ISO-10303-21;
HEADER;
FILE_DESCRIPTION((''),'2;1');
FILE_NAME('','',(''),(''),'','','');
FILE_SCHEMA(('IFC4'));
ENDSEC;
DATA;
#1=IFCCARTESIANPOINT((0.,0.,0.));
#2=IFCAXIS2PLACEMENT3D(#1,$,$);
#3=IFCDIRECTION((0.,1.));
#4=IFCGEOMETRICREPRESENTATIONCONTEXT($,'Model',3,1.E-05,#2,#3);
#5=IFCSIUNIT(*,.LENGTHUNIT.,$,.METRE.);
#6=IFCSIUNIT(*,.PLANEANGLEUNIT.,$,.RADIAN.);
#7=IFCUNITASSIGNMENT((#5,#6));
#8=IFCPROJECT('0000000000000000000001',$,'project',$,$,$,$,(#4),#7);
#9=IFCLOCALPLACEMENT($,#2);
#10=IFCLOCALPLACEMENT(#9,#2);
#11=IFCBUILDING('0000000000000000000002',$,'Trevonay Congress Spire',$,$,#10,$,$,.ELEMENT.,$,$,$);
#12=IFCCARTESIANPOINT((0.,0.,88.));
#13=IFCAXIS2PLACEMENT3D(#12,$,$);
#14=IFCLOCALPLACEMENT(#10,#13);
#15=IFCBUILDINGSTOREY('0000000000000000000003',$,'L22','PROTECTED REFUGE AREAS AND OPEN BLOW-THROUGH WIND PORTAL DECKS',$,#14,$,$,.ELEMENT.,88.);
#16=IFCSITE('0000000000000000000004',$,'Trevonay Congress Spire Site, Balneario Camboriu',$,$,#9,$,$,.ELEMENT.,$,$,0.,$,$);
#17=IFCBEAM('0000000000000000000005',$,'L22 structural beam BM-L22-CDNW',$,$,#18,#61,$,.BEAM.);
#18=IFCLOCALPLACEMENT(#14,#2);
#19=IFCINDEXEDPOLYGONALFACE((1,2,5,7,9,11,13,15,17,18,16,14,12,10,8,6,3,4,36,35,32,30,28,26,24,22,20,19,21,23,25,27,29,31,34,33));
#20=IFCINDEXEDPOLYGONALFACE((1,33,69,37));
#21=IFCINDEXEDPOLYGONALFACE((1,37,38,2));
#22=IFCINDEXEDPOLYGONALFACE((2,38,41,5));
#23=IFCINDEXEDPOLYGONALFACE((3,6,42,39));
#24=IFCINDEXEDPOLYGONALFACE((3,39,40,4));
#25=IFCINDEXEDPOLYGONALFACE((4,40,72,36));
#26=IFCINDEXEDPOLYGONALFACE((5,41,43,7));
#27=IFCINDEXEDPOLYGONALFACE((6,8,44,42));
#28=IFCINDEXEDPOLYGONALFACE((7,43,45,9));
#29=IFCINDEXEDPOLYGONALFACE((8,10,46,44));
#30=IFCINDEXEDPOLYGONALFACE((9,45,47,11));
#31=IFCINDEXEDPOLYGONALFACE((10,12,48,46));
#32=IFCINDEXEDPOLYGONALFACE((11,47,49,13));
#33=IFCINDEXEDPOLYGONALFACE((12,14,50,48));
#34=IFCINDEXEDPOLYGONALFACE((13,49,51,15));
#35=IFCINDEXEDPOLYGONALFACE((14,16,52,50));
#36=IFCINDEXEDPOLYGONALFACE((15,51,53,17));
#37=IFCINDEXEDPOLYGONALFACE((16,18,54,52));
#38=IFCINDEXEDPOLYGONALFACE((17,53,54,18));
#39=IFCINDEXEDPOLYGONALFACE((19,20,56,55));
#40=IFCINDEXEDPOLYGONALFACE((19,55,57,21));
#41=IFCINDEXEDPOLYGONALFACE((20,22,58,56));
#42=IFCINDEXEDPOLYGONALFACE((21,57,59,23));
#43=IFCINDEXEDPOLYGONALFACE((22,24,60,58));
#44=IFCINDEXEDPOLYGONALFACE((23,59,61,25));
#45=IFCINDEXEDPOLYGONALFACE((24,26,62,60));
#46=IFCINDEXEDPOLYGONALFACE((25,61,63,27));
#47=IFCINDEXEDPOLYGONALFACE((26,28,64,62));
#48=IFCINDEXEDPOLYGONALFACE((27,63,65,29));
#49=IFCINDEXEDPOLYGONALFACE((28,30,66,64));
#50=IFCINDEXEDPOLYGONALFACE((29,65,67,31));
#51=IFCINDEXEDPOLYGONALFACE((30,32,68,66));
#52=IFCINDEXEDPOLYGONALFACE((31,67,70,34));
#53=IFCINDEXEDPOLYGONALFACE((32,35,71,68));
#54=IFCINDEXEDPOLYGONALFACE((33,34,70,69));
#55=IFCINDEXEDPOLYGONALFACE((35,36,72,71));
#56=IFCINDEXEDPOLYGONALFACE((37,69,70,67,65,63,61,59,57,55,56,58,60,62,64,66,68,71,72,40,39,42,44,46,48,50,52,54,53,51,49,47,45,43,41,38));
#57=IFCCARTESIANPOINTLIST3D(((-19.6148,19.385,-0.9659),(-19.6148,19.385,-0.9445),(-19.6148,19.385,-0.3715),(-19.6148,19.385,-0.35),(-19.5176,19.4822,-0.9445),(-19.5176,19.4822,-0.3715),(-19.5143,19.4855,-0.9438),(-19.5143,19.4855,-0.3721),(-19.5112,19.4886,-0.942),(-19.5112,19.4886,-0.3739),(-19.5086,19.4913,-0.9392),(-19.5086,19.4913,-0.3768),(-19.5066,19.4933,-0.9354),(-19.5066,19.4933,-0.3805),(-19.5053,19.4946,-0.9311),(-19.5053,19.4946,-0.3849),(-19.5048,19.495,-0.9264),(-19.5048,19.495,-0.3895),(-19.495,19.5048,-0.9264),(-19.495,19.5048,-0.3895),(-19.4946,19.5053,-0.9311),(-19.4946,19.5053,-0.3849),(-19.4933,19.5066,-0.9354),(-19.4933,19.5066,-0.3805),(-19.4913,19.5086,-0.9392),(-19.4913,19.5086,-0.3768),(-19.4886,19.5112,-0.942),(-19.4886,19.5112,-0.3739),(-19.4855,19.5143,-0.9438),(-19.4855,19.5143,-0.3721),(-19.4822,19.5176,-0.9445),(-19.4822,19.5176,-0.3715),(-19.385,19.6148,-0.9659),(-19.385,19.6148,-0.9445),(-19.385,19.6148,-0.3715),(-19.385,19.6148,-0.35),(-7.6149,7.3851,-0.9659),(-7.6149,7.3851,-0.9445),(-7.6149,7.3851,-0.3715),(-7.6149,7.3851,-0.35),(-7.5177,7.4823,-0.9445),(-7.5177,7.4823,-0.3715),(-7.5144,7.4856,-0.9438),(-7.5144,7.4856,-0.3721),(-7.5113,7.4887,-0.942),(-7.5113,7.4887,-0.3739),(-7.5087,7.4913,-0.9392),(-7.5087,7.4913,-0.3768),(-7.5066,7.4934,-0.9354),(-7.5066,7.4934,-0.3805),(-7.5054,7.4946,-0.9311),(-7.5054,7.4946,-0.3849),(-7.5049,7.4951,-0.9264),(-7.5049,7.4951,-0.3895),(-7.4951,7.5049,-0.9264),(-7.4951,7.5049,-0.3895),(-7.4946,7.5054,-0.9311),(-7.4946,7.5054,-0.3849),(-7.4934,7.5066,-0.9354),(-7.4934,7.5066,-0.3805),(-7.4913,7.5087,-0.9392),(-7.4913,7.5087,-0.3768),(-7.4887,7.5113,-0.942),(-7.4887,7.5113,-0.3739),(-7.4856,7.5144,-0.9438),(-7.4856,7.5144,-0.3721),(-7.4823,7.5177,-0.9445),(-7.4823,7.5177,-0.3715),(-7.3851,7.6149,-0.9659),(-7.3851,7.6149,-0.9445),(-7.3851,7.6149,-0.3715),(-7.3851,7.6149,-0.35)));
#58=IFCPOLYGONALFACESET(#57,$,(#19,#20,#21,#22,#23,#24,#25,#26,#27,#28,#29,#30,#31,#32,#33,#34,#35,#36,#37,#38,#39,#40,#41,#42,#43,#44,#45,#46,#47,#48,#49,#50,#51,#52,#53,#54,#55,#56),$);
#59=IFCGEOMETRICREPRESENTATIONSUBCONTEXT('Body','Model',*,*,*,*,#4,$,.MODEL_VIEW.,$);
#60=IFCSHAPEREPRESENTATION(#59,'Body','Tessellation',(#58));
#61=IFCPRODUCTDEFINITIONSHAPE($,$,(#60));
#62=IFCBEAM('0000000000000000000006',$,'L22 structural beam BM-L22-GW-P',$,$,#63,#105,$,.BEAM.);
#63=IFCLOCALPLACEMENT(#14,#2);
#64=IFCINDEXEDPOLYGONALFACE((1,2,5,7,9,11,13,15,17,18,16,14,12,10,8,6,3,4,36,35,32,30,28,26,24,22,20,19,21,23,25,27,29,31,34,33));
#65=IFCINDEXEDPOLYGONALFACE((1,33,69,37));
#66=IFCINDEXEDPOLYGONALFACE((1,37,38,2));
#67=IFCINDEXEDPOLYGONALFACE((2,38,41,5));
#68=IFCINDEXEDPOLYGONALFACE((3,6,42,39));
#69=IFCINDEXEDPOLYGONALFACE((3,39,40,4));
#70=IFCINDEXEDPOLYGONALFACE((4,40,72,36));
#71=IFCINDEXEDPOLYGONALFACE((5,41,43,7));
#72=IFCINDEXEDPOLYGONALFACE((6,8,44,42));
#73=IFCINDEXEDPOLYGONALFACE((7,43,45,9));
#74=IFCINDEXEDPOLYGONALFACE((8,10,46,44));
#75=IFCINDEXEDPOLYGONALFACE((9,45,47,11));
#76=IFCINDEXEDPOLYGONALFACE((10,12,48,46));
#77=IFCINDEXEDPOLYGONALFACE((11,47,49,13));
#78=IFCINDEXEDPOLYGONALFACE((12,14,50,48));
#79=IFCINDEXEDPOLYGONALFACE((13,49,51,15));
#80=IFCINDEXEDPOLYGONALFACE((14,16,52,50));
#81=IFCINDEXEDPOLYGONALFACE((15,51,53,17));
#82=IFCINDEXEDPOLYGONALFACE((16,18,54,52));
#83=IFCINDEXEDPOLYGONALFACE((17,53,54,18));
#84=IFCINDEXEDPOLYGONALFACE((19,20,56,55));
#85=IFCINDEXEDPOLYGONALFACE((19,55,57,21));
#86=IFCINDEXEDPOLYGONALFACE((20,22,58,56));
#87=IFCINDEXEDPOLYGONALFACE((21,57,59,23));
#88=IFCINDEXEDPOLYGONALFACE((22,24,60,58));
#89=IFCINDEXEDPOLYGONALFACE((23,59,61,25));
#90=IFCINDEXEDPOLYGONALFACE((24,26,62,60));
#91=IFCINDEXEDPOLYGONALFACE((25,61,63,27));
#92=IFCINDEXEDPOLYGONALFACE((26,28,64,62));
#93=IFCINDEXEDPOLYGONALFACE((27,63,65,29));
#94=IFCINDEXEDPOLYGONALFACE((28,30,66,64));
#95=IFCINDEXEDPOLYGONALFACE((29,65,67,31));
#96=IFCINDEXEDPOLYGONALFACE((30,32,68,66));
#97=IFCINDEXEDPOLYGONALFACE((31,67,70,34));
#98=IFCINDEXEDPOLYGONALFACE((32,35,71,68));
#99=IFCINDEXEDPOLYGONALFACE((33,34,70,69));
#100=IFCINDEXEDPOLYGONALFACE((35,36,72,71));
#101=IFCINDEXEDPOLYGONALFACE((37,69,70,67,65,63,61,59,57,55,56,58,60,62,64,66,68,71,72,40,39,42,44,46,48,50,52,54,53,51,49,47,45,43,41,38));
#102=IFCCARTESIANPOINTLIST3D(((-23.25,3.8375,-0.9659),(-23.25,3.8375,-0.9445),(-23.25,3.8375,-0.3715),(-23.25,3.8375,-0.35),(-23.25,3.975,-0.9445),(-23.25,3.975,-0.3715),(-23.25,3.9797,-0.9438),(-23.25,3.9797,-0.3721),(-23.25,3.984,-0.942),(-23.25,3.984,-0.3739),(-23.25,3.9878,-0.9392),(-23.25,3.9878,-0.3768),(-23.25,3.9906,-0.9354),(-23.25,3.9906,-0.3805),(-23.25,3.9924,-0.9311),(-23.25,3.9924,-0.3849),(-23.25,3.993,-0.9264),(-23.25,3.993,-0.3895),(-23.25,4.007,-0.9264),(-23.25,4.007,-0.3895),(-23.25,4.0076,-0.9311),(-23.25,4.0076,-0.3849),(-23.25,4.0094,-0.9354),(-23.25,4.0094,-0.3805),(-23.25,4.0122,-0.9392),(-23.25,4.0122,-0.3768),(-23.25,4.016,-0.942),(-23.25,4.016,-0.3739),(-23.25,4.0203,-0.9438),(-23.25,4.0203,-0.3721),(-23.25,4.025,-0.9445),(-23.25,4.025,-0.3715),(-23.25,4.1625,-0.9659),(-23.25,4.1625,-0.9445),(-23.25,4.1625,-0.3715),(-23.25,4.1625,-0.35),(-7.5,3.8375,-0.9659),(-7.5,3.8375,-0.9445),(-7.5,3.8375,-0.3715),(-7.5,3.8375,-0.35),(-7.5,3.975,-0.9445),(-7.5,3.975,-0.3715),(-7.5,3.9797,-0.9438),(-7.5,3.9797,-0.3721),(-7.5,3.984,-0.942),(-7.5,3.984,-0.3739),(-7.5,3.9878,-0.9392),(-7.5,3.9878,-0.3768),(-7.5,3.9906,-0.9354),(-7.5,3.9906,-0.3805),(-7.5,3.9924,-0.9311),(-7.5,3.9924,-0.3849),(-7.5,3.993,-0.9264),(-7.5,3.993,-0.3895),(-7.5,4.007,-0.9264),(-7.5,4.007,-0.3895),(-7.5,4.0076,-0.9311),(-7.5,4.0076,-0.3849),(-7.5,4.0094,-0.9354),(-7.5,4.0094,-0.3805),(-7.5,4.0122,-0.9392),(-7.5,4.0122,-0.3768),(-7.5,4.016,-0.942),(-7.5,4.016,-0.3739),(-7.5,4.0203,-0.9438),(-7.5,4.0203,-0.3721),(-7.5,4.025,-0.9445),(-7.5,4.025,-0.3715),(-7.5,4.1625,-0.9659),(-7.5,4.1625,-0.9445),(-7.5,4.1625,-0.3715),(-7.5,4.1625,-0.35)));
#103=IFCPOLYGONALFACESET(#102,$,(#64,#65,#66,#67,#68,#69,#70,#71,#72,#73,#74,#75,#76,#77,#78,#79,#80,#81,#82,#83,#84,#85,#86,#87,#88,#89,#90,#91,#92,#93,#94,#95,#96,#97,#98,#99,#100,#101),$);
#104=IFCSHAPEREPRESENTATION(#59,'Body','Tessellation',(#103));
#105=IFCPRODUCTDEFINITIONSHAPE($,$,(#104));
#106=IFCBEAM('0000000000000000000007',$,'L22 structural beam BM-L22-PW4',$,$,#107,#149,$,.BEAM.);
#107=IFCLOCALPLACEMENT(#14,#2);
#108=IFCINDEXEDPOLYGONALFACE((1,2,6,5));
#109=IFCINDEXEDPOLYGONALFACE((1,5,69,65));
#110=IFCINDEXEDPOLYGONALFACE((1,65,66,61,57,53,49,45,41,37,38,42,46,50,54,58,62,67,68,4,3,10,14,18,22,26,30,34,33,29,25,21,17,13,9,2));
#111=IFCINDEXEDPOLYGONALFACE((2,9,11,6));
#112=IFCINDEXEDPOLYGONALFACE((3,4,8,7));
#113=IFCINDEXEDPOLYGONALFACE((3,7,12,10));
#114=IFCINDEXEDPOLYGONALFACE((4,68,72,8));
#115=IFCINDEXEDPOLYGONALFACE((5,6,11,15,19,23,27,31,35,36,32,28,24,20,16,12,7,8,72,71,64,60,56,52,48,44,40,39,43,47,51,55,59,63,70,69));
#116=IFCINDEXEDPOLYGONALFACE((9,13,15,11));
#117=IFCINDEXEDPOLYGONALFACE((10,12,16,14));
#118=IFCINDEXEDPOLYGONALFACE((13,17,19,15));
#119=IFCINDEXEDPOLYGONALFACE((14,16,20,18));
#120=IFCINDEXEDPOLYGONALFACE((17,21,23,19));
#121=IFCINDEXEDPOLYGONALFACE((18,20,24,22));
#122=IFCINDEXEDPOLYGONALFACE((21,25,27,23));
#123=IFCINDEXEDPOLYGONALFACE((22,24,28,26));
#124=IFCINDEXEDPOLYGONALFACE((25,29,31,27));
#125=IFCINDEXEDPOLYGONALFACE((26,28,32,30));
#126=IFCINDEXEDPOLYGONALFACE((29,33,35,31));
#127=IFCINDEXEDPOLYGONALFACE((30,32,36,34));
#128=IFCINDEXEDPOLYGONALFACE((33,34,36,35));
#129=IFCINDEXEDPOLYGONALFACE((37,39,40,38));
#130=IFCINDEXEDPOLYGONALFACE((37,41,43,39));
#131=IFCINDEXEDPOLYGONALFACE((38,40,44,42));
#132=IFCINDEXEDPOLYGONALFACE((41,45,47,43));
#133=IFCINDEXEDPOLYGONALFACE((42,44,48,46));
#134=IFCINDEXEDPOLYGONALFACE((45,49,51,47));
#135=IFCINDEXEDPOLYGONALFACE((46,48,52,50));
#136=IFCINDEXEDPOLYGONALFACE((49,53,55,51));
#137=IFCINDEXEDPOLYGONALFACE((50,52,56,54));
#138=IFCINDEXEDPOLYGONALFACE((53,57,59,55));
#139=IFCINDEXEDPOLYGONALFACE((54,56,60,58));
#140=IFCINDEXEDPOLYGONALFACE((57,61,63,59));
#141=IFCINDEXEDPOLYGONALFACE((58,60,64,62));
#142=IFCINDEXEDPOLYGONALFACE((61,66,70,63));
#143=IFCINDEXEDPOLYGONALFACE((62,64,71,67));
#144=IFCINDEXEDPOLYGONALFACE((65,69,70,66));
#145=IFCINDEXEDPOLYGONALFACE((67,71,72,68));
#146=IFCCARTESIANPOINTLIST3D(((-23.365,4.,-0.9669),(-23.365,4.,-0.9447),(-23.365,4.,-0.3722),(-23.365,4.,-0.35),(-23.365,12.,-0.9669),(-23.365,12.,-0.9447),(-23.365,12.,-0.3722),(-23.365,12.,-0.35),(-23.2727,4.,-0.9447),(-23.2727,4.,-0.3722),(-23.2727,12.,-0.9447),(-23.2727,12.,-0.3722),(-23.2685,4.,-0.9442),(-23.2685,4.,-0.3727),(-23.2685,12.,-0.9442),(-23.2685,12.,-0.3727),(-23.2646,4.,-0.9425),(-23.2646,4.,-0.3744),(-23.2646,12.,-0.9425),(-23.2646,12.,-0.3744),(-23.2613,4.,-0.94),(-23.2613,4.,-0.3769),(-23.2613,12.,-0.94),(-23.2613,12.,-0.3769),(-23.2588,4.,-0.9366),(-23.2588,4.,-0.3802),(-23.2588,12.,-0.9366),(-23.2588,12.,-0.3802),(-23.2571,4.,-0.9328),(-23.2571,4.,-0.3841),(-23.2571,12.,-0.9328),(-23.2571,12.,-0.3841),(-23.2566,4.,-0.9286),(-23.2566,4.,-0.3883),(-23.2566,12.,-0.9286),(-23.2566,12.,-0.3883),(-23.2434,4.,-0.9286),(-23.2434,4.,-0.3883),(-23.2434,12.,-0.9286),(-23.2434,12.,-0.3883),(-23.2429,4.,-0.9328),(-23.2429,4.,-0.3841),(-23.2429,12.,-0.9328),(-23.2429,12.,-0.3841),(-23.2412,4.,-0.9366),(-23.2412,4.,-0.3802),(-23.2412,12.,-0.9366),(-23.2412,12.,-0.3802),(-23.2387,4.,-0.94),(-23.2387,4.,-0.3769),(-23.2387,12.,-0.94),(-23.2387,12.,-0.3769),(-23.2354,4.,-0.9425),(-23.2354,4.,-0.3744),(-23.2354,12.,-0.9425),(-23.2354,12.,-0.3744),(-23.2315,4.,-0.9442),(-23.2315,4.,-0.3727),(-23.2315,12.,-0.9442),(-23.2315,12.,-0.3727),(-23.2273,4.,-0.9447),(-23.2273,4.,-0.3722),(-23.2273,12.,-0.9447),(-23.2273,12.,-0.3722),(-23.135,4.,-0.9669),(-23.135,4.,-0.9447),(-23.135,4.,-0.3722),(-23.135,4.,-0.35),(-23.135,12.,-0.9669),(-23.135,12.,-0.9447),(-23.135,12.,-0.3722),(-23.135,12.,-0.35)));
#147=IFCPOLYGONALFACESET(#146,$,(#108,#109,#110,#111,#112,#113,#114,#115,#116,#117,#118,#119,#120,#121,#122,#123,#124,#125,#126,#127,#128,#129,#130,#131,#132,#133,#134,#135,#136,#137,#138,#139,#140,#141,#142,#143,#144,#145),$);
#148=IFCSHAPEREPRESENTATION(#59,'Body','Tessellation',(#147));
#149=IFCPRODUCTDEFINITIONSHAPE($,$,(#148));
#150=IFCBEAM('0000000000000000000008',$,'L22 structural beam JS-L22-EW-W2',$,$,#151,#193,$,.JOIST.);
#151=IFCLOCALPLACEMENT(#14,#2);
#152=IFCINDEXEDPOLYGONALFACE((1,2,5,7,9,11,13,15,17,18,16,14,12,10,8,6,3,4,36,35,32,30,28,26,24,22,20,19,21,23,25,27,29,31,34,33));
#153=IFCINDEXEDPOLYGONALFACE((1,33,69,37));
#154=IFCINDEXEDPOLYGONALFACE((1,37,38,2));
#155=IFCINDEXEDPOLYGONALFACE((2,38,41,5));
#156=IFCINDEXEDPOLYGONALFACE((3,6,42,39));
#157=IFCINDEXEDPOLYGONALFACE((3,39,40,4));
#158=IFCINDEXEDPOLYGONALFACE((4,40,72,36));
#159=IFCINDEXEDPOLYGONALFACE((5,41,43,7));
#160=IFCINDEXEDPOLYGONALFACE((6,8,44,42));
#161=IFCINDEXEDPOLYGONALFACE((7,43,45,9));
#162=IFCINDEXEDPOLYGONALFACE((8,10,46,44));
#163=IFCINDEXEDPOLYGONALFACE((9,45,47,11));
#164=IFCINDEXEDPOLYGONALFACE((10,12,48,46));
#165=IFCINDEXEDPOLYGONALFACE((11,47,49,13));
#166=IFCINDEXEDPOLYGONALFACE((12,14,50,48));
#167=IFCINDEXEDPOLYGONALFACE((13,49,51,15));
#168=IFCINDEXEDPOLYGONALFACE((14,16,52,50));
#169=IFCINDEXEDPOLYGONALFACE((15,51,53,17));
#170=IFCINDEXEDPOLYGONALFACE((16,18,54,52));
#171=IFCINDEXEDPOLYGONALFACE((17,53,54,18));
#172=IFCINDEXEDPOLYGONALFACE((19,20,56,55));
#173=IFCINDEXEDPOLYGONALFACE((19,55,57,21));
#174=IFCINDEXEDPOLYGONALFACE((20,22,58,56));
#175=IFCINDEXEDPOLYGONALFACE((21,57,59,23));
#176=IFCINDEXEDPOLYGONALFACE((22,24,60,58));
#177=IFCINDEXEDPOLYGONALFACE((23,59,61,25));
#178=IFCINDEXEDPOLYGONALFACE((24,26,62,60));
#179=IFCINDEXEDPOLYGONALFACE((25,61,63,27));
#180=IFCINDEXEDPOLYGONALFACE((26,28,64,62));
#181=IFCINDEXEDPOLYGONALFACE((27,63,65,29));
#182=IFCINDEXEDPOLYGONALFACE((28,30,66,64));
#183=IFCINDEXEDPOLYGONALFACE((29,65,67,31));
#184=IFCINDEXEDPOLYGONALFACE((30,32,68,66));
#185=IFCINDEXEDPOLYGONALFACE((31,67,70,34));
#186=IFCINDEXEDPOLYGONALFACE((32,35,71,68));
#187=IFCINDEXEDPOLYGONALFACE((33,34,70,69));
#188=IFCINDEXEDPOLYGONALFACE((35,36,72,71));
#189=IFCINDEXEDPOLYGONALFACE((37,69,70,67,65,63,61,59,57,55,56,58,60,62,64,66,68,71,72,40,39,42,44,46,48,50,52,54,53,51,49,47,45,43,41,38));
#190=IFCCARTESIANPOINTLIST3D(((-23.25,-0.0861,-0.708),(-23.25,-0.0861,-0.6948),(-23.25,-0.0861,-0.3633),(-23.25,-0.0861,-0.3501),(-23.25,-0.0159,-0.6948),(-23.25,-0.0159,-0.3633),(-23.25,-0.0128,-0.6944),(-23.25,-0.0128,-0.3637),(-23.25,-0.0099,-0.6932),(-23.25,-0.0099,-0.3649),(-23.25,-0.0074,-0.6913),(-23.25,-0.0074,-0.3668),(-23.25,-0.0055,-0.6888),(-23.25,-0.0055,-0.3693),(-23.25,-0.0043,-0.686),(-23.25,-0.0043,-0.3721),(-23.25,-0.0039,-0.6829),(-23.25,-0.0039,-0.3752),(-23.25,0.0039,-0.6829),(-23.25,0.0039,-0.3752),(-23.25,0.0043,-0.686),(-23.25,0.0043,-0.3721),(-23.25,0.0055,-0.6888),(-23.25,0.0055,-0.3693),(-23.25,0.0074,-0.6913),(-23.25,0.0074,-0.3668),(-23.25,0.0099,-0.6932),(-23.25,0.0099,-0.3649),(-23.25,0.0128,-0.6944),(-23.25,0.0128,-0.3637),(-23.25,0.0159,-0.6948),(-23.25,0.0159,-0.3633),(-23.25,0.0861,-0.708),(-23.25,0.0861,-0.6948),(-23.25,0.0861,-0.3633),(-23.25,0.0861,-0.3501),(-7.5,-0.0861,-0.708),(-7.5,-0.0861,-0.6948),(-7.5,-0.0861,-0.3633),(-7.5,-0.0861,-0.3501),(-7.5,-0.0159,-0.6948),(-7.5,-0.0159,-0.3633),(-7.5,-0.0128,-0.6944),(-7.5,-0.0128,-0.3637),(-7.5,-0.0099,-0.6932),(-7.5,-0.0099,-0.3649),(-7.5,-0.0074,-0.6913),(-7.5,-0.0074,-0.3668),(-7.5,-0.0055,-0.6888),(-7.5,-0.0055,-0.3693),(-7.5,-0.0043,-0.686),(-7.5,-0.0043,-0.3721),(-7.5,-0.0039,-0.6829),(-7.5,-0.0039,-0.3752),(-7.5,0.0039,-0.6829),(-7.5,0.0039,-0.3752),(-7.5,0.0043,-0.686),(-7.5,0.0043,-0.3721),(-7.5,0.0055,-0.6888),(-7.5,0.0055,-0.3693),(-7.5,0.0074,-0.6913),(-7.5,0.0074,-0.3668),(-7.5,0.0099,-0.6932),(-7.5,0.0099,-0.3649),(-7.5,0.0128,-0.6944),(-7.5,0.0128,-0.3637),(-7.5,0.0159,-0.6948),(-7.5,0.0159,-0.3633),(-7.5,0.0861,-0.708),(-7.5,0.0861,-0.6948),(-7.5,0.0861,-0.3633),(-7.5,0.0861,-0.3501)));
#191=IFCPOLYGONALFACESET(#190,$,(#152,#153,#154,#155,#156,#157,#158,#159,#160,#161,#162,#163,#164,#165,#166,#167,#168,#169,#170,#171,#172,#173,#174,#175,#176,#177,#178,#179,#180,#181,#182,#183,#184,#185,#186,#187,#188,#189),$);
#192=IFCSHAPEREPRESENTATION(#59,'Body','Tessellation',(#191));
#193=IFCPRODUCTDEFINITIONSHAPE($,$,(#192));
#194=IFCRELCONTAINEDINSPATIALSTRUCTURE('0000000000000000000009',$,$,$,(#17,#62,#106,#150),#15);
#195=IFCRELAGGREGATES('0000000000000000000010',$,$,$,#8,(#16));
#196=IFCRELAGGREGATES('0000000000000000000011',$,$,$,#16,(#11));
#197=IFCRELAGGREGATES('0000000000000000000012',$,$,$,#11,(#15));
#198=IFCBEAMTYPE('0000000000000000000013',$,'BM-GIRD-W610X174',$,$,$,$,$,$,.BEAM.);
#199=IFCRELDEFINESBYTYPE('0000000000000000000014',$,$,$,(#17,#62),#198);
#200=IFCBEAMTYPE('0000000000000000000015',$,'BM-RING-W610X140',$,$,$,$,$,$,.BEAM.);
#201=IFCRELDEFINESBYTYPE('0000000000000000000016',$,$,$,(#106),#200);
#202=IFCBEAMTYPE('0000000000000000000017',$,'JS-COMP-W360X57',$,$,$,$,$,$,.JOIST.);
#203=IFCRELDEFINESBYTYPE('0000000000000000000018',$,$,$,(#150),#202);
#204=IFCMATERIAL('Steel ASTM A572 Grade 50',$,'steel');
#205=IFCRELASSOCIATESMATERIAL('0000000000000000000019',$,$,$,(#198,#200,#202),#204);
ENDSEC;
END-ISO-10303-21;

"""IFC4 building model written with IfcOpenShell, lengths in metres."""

from ifc_helpers import new_model, si_unit, direction, frame, origin, origin_2d, place, context, subcontext, project, spatial, i_section, extrude, material, material_profile, profile_set, type_object, element, save


model = new_model("IFC4")

# Units and contexts
model_context = context("Model", 3, precision=1e-05, world=origin(), true_north=direction((0.0, 1.0)))
body_context = subcontext(model_context, "Body", "Model", "MODEL_VIEW")
ifc_project = project(units=[si_unit("LENGTHUNIT", "METRE"), si_unit("PLANEANGLEUNIT", "RADIAN")], contexts=[model_context])

# Site, building, storey
site_placement = place(None, origin())
site = spatial("IfcSite", under=ifc_project, at=site_placement, Name="Trevonay Congress Spire Site, Balneario Camboriu", CompositionType="ELEMENT", RefElevation=0.0)
building_placement = place(site_placement, origin())
building = spatial("IfcBuilding", under=site, at=building_placement, Name="Trevonay Congress Spire", CompositionType="ELEMENT")
storey_placement = place(building_placement, frame((0.0, 0.0, 88.0)))
storey = spatial("IfcBuildingStorey", under=building, at=storey_placement, Name="L22", Description="PROTECTED REFUGE AREAS AND OPEN BLOW-THROUGH WIND PORTAL DECKS", CompositionType="ELEMENT", Elevation=88.0)

# Shared definitions
ifc_material_1 = material(Name="Steel ASTM A572 Grade 50", Category="steel")

# Beams
ifc_material_profile_1 = material_profile(ifc_material_1, i_section(OverallWidth=0.325, OverallDepth=0.616, WebThickness=0.0139, FlangeThickness=0.0215, FilletRadius=0.0181, at=origin_2d()), Name="W610x174")
ifc_profile_set_1 = profile_set([ifc_material_profile_1], Name="Steel ASTM A572 Grade 50")
beam_type_1 = type_object("IfcBeamType", Name="BM-GIRD-W610X174", PredefinedType="BEAM", material=ifc_profile_set_1)
beam_1_placement = place(storey_placement, frame((-7.5, 7.5, -0.658), z_axis=(-0.707107, 0.707107, 0.0), x_axis=(-0.707107, -0.707107, 0.0)))
element("IfcBeam", 1, at=beam_1_placement, inside=storey, type_object=beam_type_1, Name="L22 structural beam BM-L22-CDNW", PredefinedType="BEAM", context=body_context, shape_type="SweptSolid", body=[
    extrude(i_section(OverallWidth=0.325, OverallDepth=0.616, WebThickness=0.0139, FlangeThickness=0.0215, FilletRadius=0.0181, at=origin_2d()), origin(), (0.0, 0.0, 1.0), 16.9705),
])
beam_2_placement = place(storey_placement, frame((-7.5, 4.0, -0.658), z_axis=(-1.0, 0.0, 0.0), x_axis=(0.0, -1.0, 0.0)))
element("IfcBeam", 2, at=beam_2_placement, inside=storey, type_object=beam_type_1, Name="L22 structural beam BM-L22-GW-P", PredefinedType="BEAM", context=body_context, shape_type="SweptSolid", body=[
    extrude(i_section(OverallWidth=0.325, OverallDepth=0.616, WebThickness=0.0139, FlangeThickness=0.0215, FilletRadius=0.0181, at=origin_2d()), origin(), (0.0, 0.0, 1.0), 15.75),
])
ifc_material_profile_2 = material_profile(ifc_material_1, i_section(OverallWidth=0.23, OverallDepth=0.6169, WebThickness=0.0132, FlangeThickness=0.0222, FilletRadius=0.0161, at=origin_2d()), Name="W610x140")
ifc_profile_set_2 = profile_set([ifc_material_profile_2], Name="Steel ASTM A572 Grade 50")
beam_type_2 = type_object("IfcBeamType", Name="BM-RING-W610X140", PredefinedType="BEAM", material=ifc_profile_set_2)
beam_3_placement = place(storey_placement, frame((-23.25, 4.0, -0.6584), z_axis=(0.0, 1.0, 0.0), x_axis=(-1.0, 0.0, 0.0)))
element("IfcBeam", 3, at=beam_3_placement, inside=storey, type_object=beam_type_2, Name="L22 structural beam BM-L22-PW4", PredefinedType="BEAM", context=body_context, shape_type="SweptSolid", body=[
    extrude(i_section(OverallWidth=0.23, OverallDepth=0.6169, WebThickness=0.0132, FlangeThickness=0.0222, FilletRadius=0.0161, at=origin_2d()), origin(), (0.0, 0.0, 1.0), 8.0),
])
ifc_material_profile_3 = material_profile(ifc_material_1, i_section(OverallWidth=0.1721, OverallDepth=0.3579, WebThickness=0.0078, FlangeThickness=0.0132, FilletRadius=0.012, at=origin_2d()), Name="W360x57.8")
ifc_profile_set_3 = profile_set([ifc_material_profile_3], Name="Steel ASTM A572 Grade 50")
beam_type_3 = type_object("IfcBeamType", Name="JS-COMP-W360X57", PredefinedType="JOIST", material=ifc_profile_set_3)
for number, where, z_axis, x_axis, name in (
    (4, (-23.25, 0.0, -0.5291), (1.0, 0.0, 0.0), (0.0, 1.0, 0.0), "L22 structural beam JS-L22-EW-W2"),
):
    element("IfcBeam", number, at=place(storey_placement, frame(where, z_axis=z_axis, x_axis=x_axis)), inside=storey, type_object=beam_type_3, Name=name, PredefinedType="JOIST", context=body_context, shape_type="SweptSolid", body=[
        extrude(i_section(OverallWidth=0.1721, OverallDepth=0.3579, WebThickness=0.0078, FlangeThickness=0.0132, FilletRadius=0.012, at=origin_2d()), origin(), (0.0, 0.0, 1.0), 15.75),
    ])

save(model, "model.ifc")
